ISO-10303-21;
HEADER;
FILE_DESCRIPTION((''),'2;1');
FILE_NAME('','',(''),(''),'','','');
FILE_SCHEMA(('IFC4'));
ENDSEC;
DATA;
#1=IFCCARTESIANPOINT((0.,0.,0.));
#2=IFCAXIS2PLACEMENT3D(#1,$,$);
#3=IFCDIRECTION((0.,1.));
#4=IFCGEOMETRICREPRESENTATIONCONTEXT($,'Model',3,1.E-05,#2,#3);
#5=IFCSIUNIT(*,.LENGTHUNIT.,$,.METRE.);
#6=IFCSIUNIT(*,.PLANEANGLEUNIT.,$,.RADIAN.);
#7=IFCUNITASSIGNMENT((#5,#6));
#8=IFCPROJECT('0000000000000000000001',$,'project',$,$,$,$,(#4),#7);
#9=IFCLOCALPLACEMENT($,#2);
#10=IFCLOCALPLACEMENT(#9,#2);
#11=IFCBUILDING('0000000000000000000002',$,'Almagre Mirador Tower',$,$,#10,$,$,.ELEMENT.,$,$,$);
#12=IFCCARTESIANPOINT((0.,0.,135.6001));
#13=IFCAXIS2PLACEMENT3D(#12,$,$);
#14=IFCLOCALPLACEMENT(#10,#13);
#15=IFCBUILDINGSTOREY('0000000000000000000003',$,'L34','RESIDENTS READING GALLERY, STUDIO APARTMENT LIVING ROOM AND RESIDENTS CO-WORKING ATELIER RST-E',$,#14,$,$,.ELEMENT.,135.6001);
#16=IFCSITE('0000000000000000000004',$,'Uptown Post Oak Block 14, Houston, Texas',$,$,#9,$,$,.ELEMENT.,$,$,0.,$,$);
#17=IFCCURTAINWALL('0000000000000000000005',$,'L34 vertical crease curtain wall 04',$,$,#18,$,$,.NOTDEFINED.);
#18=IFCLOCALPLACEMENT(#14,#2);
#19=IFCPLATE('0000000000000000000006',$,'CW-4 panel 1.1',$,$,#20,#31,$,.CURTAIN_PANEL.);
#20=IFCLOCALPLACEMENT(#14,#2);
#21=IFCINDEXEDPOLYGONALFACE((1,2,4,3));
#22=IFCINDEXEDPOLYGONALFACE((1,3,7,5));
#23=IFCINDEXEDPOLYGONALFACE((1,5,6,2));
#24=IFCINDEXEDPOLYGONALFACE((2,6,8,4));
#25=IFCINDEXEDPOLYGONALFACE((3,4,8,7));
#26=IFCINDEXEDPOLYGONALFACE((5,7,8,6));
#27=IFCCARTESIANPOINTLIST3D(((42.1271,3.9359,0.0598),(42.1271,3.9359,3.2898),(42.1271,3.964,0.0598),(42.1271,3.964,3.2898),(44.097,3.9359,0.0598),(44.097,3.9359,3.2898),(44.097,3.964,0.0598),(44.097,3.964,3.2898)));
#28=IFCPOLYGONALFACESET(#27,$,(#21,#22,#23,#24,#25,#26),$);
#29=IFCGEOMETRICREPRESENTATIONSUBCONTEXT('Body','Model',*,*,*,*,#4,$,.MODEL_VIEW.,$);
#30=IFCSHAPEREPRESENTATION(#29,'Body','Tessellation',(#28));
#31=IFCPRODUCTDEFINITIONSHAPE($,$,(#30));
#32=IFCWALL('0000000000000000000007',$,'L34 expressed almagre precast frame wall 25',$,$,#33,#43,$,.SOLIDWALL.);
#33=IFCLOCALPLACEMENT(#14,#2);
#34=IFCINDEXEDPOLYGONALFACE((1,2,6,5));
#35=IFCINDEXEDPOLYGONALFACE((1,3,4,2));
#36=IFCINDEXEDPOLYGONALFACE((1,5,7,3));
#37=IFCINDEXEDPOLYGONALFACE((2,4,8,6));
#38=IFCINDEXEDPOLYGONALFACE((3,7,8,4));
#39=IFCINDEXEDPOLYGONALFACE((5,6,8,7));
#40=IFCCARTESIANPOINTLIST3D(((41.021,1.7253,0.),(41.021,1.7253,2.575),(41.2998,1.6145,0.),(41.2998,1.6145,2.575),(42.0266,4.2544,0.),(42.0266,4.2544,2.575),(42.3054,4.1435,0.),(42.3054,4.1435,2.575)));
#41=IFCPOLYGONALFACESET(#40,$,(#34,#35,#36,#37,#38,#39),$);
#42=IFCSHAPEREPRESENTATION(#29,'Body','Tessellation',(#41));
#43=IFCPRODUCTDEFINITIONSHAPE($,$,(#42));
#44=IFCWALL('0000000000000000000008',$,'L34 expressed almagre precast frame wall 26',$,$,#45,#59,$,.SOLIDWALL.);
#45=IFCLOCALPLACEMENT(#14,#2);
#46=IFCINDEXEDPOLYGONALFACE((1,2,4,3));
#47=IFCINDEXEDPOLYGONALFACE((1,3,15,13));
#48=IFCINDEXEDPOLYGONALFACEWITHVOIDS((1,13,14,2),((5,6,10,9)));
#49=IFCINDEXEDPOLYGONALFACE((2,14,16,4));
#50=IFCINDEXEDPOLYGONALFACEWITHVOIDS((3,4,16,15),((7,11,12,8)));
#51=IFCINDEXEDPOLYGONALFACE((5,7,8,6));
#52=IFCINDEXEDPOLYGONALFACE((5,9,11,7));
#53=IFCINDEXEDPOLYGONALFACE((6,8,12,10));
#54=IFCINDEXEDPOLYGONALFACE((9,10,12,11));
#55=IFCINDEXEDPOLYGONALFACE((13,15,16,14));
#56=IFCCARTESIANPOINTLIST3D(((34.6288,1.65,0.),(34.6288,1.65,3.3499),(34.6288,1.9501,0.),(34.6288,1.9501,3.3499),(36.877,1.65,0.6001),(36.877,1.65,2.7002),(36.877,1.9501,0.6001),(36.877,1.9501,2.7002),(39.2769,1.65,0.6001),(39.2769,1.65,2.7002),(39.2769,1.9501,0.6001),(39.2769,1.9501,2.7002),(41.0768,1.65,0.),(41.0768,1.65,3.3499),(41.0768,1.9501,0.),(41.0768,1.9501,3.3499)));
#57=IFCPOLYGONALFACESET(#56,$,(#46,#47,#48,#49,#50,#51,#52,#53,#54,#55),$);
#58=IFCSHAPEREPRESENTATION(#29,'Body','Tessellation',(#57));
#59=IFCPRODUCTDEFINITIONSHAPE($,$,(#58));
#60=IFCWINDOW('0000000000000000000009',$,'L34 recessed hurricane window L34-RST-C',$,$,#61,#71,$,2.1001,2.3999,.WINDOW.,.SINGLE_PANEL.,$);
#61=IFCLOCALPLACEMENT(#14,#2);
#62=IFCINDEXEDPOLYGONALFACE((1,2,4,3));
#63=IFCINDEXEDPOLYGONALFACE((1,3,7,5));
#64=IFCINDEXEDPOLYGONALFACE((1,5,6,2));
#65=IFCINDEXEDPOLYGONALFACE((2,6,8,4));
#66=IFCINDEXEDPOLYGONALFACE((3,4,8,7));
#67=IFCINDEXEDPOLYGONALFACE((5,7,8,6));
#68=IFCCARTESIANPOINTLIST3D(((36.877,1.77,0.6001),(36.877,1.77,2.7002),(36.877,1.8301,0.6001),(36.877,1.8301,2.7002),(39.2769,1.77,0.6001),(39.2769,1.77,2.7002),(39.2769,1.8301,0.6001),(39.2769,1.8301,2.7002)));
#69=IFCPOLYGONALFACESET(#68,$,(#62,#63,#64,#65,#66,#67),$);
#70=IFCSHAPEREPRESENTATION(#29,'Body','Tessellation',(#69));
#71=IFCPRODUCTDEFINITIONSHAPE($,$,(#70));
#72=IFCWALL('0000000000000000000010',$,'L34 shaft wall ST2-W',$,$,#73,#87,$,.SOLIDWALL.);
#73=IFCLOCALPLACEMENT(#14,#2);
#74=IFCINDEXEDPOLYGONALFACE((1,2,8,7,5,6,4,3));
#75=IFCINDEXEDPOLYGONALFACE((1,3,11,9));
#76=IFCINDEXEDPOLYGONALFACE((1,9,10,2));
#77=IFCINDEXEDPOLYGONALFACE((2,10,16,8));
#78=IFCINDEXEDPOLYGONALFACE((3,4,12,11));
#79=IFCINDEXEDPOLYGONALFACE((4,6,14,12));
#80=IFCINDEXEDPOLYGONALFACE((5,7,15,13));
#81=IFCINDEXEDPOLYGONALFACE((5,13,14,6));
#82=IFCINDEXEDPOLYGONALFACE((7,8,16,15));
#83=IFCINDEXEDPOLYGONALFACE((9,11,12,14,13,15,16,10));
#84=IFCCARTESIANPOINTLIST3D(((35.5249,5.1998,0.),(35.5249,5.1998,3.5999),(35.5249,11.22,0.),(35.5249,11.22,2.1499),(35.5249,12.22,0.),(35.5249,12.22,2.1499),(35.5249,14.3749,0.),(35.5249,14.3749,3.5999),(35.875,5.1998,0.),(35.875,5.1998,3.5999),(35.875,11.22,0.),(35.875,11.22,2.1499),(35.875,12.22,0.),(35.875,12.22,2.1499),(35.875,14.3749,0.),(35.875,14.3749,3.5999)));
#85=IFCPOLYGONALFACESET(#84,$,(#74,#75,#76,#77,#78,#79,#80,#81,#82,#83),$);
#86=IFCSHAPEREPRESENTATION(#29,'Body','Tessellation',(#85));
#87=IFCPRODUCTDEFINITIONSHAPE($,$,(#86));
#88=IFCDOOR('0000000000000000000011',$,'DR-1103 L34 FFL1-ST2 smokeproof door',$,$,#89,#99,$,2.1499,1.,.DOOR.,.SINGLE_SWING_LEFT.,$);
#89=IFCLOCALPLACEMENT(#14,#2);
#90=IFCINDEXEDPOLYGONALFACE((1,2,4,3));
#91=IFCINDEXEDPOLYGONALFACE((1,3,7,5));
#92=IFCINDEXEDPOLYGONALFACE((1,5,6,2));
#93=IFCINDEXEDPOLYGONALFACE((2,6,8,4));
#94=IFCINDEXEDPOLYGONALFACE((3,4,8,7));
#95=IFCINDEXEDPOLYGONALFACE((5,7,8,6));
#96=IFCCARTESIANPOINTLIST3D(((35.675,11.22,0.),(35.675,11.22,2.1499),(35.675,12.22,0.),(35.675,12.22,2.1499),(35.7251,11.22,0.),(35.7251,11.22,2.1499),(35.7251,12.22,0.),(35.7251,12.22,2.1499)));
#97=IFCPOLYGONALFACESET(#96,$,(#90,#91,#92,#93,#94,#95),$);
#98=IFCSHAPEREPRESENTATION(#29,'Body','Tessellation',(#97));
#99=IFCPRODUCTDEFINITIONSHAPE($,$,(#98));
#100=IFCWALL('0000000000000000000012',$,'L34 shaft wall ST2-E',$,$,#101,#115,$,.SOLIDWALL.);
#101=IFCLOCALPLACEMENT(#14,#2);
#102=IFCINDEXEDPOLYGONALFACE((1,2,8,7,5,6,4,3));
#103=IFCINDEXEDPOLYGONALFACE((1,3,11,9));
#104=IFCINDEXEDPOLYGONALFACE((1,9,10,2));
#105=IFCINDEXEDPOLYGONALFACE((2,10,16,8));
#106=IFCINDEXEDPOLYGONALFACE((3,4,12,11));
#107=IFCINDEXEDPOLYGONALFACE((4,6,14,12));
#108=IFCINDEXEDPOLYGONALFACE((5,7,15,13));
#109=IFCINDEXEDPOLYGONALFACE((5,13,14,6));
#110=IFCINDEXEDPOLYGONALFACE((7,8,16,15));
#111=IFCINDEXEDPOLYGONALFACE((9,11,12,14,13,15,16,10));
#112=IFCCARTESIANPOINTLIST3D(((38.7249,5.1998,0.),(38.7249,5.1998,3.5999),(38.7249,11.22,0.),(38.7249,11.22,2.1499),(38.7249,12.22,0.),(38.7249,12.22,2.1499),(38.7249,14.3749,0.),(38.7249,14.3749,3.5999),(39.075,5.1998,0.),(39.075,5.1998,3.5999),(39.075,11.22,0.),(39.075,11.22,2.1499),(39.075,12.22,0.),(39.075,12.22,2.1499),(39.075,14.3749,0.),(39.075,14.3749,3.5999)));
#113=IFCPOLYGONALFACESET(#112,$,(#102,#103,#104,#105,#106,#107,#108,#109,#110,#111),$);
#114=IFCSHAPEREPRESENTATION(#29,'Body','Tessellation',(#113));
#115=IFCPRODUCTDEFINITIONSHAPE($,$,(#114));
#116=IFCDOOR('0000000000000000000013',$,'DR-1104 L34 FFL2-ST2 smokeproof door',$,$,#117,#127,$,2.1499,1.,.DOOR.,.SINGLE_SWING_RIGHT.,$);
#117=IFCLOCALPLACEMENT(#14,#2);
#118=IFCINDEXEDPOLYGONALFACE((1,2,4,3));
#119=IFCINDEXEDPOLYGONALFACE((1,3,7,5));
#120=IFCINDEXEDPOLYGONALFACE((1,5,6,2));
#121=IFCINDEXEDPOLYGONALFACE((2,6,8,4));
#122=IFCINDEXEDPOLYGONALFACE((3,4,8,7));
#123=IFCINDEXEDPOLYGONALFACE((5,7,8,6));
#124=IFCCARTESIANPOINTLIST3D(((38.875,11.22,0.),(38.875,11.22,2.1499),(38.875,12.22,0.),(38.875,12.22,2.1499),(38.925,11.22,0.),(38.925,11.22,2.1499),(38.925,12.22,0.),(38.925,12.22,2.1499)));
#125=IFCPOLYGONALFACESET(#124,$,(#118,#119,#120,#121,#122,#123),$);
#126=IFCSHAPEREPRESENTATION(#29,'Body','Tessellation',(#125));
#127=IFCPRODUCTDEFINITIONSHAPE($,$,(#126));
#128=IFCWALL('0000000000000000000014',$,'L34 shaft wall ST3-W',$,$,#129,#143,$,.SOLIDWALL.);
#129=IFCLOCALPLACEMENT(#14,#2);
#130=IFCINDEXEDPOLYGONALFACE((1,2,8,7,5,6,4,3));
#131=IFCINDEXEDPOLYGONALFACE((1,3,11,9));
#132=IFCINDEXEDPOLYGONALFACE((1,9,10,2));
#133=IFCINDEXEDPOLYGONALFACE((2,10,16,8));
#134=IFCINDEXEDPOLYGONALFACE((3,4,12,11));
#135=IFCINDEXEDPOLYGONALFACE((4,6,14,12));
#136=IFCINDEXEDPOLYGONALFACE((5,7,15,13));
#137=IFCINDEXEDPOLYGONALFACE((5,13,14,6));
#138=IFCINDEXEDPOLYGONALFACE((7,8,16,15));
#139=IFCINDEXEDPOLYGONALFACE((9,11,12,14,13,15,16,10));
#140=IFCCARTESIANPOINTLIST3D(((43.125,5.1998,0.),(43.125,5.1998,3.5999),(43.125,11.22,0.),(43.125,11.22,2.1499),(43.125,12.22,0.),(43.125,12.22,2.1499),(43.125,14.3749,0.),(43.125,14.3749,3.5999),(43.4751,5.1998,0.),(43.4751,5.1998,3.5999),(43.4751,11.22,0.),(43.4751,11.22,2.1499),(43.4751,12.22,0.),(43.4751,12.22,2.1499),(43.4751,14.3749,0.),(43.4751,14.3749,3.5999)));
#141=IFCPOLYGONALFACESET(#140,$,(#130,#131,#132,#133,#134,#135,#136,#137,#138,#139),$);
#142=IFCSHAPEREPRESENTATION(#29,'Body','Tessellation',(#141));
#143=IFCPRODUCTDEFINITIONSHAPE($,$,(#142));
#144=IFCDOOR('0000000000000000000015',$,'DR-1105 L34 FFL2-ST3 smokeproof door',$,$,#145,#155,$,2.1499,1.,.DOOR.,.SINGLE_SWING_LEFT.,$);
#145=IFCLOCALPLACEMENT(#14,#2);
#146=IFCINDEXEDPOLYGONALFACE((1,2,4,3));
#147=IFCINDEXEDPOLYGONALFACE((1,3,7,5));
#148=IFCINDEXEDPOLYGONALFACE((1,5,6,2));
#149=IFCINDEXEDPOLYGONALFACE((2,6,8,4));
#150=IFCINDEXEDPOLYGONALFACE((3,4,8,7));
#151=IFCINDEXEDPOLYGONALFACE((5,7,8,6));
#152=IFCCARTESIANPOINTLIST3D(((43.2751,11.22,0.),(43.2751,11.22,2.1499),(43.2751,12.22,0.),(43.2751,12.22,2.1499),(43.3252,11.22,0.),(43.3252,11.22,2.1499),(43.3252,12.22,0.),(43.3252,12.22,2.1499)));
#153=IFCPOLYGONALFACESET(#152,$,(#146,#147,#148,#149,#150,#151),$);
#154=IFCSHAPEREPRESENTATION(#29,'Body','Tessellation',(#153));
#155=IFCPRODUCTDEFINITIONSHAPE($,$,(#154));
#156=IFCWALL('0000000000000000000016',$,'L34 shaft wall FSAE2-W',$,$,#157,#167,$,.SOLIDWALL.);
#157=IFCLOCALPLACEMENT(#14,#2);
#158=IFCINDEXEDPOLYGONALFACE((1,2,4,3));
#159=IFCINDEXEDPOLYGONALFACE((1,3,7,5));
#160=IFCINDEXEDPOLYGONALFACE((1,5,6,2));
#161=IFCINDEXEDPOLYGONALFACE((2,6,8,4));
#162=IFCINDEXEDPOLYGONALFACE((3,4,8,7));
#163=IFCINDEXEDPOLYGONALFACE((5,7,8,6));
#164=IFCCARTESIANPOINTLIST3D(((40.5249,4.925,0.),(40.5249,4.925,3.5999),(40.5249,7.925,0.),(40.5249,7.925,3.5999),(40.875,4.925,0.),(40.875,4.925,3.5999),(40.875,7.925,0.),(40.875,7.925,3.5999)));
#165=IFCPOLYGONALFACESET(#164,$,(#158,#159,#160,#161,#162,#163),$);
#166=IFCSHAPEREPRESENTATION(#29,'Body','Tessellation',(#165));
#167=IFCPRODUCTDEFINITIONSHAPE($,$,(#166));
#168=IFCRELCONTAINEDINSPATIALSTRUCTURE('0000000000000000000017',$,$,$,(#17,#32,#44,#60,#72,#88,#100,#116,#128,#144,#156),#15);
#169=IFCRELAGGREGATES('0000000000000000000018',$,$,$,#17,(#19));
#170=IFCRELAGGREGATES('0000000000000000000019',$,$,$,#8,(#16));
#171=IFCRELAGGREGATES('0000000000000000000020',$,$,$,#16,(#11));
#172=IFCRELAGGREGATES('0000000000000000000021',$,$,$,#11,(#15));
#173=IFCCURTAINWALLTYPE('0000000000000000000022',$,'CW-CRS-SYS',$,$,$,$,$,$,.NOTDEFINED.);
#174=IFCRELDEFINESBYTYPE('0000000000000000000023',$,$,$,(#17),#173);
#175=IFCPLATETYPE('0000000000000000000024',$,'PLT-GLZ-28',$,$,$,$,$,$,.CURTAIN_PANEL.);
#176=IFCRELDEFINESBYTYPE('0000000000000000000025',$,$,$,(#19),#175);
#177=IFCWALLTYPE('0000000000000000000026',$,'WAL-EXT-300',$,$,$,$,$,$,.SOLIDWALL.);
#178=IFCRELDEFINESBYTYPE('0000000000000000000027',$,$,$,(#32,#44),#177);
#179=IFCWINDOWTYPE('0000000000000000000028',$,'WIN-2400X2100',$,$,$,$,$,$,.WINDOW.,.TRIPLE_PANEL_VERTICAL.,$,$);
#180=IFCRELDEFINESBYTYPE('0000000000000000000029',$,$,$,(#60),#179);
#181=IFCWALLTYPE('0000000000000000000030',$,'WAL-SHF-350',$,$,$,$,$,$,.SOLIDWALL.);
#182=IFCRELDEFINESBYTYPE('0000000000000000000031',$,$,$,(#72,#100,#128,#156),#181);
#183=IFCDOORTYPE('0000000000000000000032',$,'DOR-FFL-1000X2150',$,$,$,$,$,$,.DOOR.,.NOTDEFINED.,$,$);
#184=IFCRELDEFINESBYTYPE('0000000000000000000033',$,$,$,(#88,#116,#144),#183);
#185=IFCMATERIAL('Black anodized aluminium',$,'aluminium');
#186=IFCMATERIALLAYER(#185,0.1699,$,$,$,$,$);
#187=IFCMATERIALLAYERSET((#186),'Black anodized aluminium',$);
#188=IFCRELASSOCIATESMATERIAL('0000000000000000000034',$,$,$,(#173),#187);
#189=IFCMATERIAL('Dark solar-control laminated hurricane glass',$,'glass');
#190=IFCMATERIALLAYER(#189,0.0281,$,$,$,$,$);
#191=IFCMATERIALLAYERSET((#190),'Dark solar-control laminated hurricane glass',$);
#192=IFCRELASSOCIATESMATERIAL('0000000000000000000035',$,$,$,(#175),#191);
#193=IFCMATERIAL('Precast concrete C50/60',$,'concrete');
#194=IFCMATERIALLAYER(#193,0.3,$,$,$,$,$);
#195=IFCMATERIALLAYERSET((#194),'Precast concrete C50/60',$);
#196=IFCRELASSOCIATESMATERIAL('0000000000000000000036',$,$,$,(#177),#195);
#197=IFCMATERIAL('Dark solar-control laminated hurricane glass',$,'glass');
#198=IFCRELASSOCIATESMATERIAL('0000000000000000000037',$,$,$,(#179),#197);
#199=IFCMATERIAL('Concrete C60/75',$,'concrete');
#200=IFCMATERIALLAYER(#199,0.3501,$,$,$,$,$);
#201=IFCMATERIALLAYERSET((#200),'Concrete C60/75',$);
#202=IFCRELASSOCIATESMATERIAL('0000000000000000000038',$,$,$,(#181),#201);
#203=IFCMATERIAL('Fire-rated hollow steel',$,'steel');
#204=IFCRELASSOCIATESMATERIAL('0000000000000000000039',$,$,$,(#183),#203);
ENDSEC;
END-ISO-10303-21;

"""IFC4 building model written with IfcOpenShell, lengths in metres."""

from ifc_helpers import new_model, si_unit, direction, frame, frame_2d, origin, origin_2d, place, context, subcontext, project, spatial, rectangle, extrude, material, layer, layer_set, type_object, element, fill, aggregate, save


model = new_model("IFC4")

# Units and contexts
model_context = context("Model", 3, precision=1e-05, world=origin(), true_north=direction((0.0, 1.0)))
body_context = subcontext(model_context, "Body", "Model", "MODEL_VIEW")
ifc_project = project(units=[si_unit("LENGTHUNIT", "METRE"), si_unit("PLANEANGLEUNIT", "RADIAN")], contexts=[model_context])

# Site, building, storey
site_placement = place(None, origin())
site = spatial("IfcSite", under=ifc_project, at=site_placement, Name="Uptown Post Oak Block 14, Houston, Texas", CompositionType="ELEMENT", RefElevation=0.0)
building_placement = place(site_placement, origin())
building = spatial("IfcBuilding", under=site, at=building_placement, Name="Almagre Mirador Tower", CompositionType="ELEMENT")
storey_placement = place(building_placement, frame((0.0, 0.0, 135.6001)))
storey = spatial("IfcBuildingStorey", under=building, at=storey_placement, Name="L34", Description="RESIDENTS READING GALLERY, STUDIO APARTMENT LIVING ROOM AND RESIDENTS CO-WORKING ATELIER RST-E", CompositionType="ELEMENT", Elevation=135.6001)

# Curtain wall, plate
ifc_material_1 = material(Name="Black anodized aluminium", Category="aluminium")
ifc_layer_1 = layer(ifc_material_1, 0.1699)
ifc_layer_set_1 = layer_set([ifc_layer_1], Name="Black anodized aluminium")
curtain_wall_type = type_object("IfcCurtainWallType", Name="CW-CRS-SYS", PredefinedType="NOTDEFINED", material=ifc_layer_set_1)
curtain_wall_placement = place(storey_placement, origin())
curtain_wall = element("IfcCurtainWall", 1, at=curtain_wall_placement, inside=storey, type_object=curtain_wall_type, Name="L34 vertical crease curtain wall 04", PredefinedType="NOTDEFINED")
ifc_material_2 = material(Name="Dark solar-control laminated hurricane glass", Category="glass")
ifc_layer_2 = layer(ifc_material_2, 0.0281)
ifc_layer_set_2 = layer_set([ifc_layer_2], Name="Dark solar-control laminated hurricane glass")
plate_type = type_object("IfcPlateType", Name="PLT-GLZ-28", PredefinedType="CURTAIN_PANEL", material=ifc_layer_set_2)
plate_placement = place(storey_placement, frame((43.1121, 3.95, 0.0598), z_axis=(0.0, 0.0, 1.0), x_axis=(-1.0, 0.0, 0.0)))
plate = element("IfcPlate", 2, at=plate_placement, type_object=plate_type, Name="CW-4 panel 1.1", PredefinedType="CURTAIN_PANEL", context=body_context, shape_type="SweptSolid", body=[
    extrude(rectangle(XDim=1.97, YDim=0.0281, at=origin_2d()), origin(), (0.0, 0.0, 1.0), 3.23),
])
aggregate(curtain_wall, [plate])

# Wall
ifc_material_3 = material(Name="Precast concrete C50/60", Category="concrete")
ifc_layer_3 = layer(ifc_material_3, 0.3)
ifc_layer_set_3 = layer_set([ifc_layer_3], Name="Precast concrete C50/60")
wall_type_1 = type_object("IfcWallType", Name="WAL-EXT-300", PredefinedType="SOLIDWALL", material=ifc_layer_set_3)
wall_1_placement = place(storey_placement, frame((42.166, 4.199, 0.0), z_axis=(0.0, 0.0, 1.0), x_axis=(-0.369488, -0.929236, 0.0)))
element("IfcWall", 3, at=wall_1_placement, inside=storey, type_object=wall_type_1, Name="L34 expressed almagre precast frame wall 25", PredefinedType="SOLIDWALL", context=body_context, shape_type="SweptSolid", body=[
    extrude(rectangle(XDim=2.7217, YDim=0.3, at=frame_2d((1.3608, 0.0))), origin(), (0.0, 0.0, 1.0), 2.575),
])

# Wall, opening, window
wall_2_placement = place(storey_placement, frame((41.0769, 1.8, 0.0), z_axis=(0.0, 0.0, 1.0), x_axis=(-1.0, 0.0, 0.0)))
wall_2 = element("IfcWall", 4, at=wall_2_placement, inside=storey, type_object=wall_type_1, Name="L34 expressed almagre precast frame wall 26", PredefinedType="SOLIDWALL", context=body_context, shape_type="SweptSolid", body=[
    extrude(rectangle(XDim=6.448, YDim=0.3, at=frame_2d((3.2241, 0.0))), origin(), (0.0, 0.0, 1.0), 3.3499),
])
opening_1_placement = place(wall_2_placement, frame((1.8, 0.0, 0.6001)))
opening_1 = element("IfcOpeningElement", 5, at=opening_1_placement, cuts=wall_2, PredefinedType="OPENING", context=body_context, shape_type="SweptSolid", body=[
    extrude(rectangle(XDim=2.3999, YDim=2.1001, at=frame_2d((1.2, 1.05))), frame((0.0, 0.1599, 0.0), z_axis=(0.0, -1.0, 0.0), x_axis=(1.0, 0.0, 0.0)), (0.0, 0.0, 1.0), 0.32),
])
ifc_material_4 = material(Name="Dark solar-control laminated hurricane glass", Category="glass")
window_type = type_object("IfcWindowType", Name="WIN-2400X2100", PartitioningType="TRIPLE_PANEL_VERTICAL", PredefinedType="WINDOW", material=ifc_material_4)
window_placement = place(opening_1_placement, origin())
window = element("IfcWindow", 6, at=window_placement, inside=storey, type_object=window_type, Name="L34 recessed hurricane window L34-RST-C", OverallHeight=2.1001, OverallWidth=2.3999, PartitioningType="SINGLE_PANEL", PredefinedType="WINDOW", context=body_context, shape_type="SweptSolid", body=[
    extrude(rectangle(XDim=2.3999, YDim=2.1001, at=frame_2d((1.2, 1.05))), frame((0.0, 0.03, 0.0), z_axis=(0.0, -1.0, 0.0), x_axis=(1.0, 0.0, 0.0)), (0.0, 0.0, 1.0), 0.0601),
])
fill(opening_1, window)

# Walls, openings, doors
ifc_material_5 = material(Name="Concrete C60/75", Category="concrete")
ifc_layer_4 = layer(ifc_material_5, 0.3501)
ifc_layer_set_4 = layer_set([ifc_layer_4], Name="Concrete C60/75")
wall_type_2 = type_object("IfcWallType", Name="WAL-SHF-350", PredefinedType="SOLIDWALL", material=ifc_layer_set_4)
wall_3_placement = place(storey_placement, frame((35.7, 5.2, 0.0), z_axis=(0.0, 0.0, 1.0), x_axis=(0.0, 1.0, 0.0)))
wall_3 = element("IfcWall", 7, at=wall_3_placement, inside=storey, type_object=wall_type_2, Name="L34 shaft wall ST2-W", PredefinedType="SOLIDWALL", context=body_context, shape_type="SweptSolid", body=[
    extrude(rectangle(XDim=9.175, YDim=0.3501, at=frame_2d((4.5874, 0.0))), origin(), (0.0, 0.0, 1.0), 3.5999),
])
opening_2_placement = place(wall_3_placement, frame((6.02, 0.0, 0.0)))
opening_2 = element("IfcOpeningElement", 8, at=opening_2_placement, cuts=wall_3, PredefinedType="OPENING", context=body_context, shape_type="SweptSolid", body=[
    extrude(rectangle(XDim=1.0, YDim=2.1499, at=frame_2d((0.5, 1.075))), frame((0.0, 0.185, 0.0), z_axis=(0.0, -1.0, 0.0), x_axis=(1.0, 0.0, 0.0)), (0.0, 0.0, 1.0), 0.3701),
])
ifc_material_6 = material(Name="Fire-rated hollow steel", Category="steel")
door_type = type_object("IfcDoorType", Name="DOR-FFL-1000X2150", OperationType="NOTDEFINED", PredefinedType="DOOR", material=ifc_material_6)
door_1_placement = place(opening_2_placement, origin())
door_1 = element("IfcDoor", 9, at=door_1_placement, inside=storey, type_object=door_type, Name="DR-1103 L34 FFL1-ST2 smokeproof door", OperationType="SINGLE_SWING_LEFT", OverallHeight=2.1499, OverallWidth=1.0, PredefinedType="DOOR", context=body_context, shape_type="SweptSolid", body=[
    extrude(rectangle(XDim=1.0, YDim=2.1499, at=frame_2d((0.5, 1.075))), frame((0.0, 0.0249, 0.0), z_axis=(0.0, -1.0, 0.0), x_axis=(1.0, 0.0, 0.0)), (0.0, 0.0, 1.0), 0.05),
])
fill(opening_2, door_1)
wall_4_placement = place(storey_placement, frame((38.8999, 5.2, 0.0), z_axis=(0.0, 0.0, 1.0), x_axis=(0.0, 1.0, 0.0)))
wall_4 = element("IfcWall", 10, at=wall_4_placement, inside=storey, type_object=wall_type_2, Name="L34 shaft wall ST2-E", PredefinedType="SOLIDWALL", context=body_context, shape_type="SweptSolid", body=[
    extrude(rectangle(XDim=9.175, YDim=0.3501, at=frame_2d((4.5874, 0.0))), origin(), (0.0, 0.0, 1.0), 3.5999),
])
opening_3_placement = place(wall_4_placement, frame((6.02, 0.0, 0.0)))
opening_3 = element("IfcOpeningElement", 11, at=opening_3_placement, cuts=wall_4, PredefinedType="OPENING", context=body_context, shape_type="SweptSolid", body=[
    extrude(rectangle(XDim=1.0, YDim=2.1499, at=frame_2d((0.5, 1.075))), frame((0.0, 0.185, 0.0), z_axis=(0.0, -1.0, 0.0), x_axis=(1.0, 0.0, 0.0)), (0.0, 0.0, 1.0), 0.3701),
])
door_2_placement = place(opening_3_placement, origin())
door_2 = element("IfcDoor", 12, at=door_2_placement, inside=storey, type_object=door_type, Name="DR-1104 L34 FFL2-ST2 smokeproof door", OperationType="SINGLE_SWING_RIGHT", OverallHeight=2.1499, OverallWidth=1.0, PredefinedType="DOOR", context=body_context, shape_type="SweptSolid", body=[
    extrude(rectangle(XDim=1.0, YDim=2.1499, at=frame_2d((0.5, 1.075))), frame((0.0, 0.0249, 0.0), z_axis=(0.0, -1.0, 0.0), x_axis=(1.0, 0.0, 0.0)), (0.0, 0.0, 1.0), 0.05),
])
fill(opening_3, door_2)
wall_5_placement = place(storey_placement, frame((43.3, 5.2, 0.0), z_axis=(0.0, 0.0, 1.0), x_axis=(0.0, 1.0, 0.0)))
wall_5 = element("IfcWall", 13, at=wall_5_placement, inside=storey, type_object=wall_type_2, Name="L34 shaft wall ST3-W", PredefinedType="SOLIDWALL", context=body_context, shape_type="SweptSolid", body=[
    extrude(rectangle(XDim=9.175, YDim=0.3501, at=frame_2d((4.5874, 0.0))), origin(), (0.0, 0.0, 1.0), 3.5999),
])
opening_4_placement = place(wall_5_placement, frame((6.02, 0.0, 0.0)))
opening_4 = element("IfcOpeningElement", 14, at=opening_4_placement, cuts=wall_5, PredefinedType="OPENING", context=body_context, shape_type="SweptSolid", body=[
    extrude(rectangle(XDim=1.0, YDim=2.1499, at=frame_2d((0.5, 1.075))), frame((0.0, 0.185, 0.0), z_axis=(0.0, -1.0, 0.0), x_axis=(1.0, 0.0, 0.0)), (0.0, 0.0, 1.0), 0.3701),
])
door_3_placement = place(opening_4_placement, origin())
door_3 = element("IfcDoor", 15, at=door_3_placement, inside=storey, type_object=door_type, Name="DR-1105 L34 FFL2-ST3 smokeproof door", OperationType="SINGLE_SWING_LEFT", OverallHeight=2.1499, OverallWidth=1.0, PredefinedType="DOOR", context=body_context, shape_type="SweptSolid", body=[
    extrude(rectangle(XDim=1.0, YDim=2.1499, at=frame_2d((0.5, 1.075))), frame((0.0, 0.0249, 0.0), z_axis=(0.0, -1.0, 0.0), x_axis=(1.0, 0.0, 0.0)), (0.0, 0.0, 1.0), 0.05),
])
fill(opening_4, door_3)

# Wall
wall_6_placement = place(storey_placement, frame((40.7, 4.925, 0.0), z_axis=(0.0, 0.0, 1.0), x_axis=(0.0, 1.0, 0.0)))
element("IfcWall", 16, at=wall_6_placement, inside=storey, type_object=wall_type_2, Name="L34 shaft wall FSAE2-W", PredefinedType="SOLIDWALL", context=body_context, shape_type="SweptSolid", body=[
    extrude(rectangle(XDim=3.0, YDim=0.3501, at=frame_2d((1.5, 0.0))), origin(), (0.0, 0.0, 1.0), 3.5999),
])

save(model, "model.ifc")
